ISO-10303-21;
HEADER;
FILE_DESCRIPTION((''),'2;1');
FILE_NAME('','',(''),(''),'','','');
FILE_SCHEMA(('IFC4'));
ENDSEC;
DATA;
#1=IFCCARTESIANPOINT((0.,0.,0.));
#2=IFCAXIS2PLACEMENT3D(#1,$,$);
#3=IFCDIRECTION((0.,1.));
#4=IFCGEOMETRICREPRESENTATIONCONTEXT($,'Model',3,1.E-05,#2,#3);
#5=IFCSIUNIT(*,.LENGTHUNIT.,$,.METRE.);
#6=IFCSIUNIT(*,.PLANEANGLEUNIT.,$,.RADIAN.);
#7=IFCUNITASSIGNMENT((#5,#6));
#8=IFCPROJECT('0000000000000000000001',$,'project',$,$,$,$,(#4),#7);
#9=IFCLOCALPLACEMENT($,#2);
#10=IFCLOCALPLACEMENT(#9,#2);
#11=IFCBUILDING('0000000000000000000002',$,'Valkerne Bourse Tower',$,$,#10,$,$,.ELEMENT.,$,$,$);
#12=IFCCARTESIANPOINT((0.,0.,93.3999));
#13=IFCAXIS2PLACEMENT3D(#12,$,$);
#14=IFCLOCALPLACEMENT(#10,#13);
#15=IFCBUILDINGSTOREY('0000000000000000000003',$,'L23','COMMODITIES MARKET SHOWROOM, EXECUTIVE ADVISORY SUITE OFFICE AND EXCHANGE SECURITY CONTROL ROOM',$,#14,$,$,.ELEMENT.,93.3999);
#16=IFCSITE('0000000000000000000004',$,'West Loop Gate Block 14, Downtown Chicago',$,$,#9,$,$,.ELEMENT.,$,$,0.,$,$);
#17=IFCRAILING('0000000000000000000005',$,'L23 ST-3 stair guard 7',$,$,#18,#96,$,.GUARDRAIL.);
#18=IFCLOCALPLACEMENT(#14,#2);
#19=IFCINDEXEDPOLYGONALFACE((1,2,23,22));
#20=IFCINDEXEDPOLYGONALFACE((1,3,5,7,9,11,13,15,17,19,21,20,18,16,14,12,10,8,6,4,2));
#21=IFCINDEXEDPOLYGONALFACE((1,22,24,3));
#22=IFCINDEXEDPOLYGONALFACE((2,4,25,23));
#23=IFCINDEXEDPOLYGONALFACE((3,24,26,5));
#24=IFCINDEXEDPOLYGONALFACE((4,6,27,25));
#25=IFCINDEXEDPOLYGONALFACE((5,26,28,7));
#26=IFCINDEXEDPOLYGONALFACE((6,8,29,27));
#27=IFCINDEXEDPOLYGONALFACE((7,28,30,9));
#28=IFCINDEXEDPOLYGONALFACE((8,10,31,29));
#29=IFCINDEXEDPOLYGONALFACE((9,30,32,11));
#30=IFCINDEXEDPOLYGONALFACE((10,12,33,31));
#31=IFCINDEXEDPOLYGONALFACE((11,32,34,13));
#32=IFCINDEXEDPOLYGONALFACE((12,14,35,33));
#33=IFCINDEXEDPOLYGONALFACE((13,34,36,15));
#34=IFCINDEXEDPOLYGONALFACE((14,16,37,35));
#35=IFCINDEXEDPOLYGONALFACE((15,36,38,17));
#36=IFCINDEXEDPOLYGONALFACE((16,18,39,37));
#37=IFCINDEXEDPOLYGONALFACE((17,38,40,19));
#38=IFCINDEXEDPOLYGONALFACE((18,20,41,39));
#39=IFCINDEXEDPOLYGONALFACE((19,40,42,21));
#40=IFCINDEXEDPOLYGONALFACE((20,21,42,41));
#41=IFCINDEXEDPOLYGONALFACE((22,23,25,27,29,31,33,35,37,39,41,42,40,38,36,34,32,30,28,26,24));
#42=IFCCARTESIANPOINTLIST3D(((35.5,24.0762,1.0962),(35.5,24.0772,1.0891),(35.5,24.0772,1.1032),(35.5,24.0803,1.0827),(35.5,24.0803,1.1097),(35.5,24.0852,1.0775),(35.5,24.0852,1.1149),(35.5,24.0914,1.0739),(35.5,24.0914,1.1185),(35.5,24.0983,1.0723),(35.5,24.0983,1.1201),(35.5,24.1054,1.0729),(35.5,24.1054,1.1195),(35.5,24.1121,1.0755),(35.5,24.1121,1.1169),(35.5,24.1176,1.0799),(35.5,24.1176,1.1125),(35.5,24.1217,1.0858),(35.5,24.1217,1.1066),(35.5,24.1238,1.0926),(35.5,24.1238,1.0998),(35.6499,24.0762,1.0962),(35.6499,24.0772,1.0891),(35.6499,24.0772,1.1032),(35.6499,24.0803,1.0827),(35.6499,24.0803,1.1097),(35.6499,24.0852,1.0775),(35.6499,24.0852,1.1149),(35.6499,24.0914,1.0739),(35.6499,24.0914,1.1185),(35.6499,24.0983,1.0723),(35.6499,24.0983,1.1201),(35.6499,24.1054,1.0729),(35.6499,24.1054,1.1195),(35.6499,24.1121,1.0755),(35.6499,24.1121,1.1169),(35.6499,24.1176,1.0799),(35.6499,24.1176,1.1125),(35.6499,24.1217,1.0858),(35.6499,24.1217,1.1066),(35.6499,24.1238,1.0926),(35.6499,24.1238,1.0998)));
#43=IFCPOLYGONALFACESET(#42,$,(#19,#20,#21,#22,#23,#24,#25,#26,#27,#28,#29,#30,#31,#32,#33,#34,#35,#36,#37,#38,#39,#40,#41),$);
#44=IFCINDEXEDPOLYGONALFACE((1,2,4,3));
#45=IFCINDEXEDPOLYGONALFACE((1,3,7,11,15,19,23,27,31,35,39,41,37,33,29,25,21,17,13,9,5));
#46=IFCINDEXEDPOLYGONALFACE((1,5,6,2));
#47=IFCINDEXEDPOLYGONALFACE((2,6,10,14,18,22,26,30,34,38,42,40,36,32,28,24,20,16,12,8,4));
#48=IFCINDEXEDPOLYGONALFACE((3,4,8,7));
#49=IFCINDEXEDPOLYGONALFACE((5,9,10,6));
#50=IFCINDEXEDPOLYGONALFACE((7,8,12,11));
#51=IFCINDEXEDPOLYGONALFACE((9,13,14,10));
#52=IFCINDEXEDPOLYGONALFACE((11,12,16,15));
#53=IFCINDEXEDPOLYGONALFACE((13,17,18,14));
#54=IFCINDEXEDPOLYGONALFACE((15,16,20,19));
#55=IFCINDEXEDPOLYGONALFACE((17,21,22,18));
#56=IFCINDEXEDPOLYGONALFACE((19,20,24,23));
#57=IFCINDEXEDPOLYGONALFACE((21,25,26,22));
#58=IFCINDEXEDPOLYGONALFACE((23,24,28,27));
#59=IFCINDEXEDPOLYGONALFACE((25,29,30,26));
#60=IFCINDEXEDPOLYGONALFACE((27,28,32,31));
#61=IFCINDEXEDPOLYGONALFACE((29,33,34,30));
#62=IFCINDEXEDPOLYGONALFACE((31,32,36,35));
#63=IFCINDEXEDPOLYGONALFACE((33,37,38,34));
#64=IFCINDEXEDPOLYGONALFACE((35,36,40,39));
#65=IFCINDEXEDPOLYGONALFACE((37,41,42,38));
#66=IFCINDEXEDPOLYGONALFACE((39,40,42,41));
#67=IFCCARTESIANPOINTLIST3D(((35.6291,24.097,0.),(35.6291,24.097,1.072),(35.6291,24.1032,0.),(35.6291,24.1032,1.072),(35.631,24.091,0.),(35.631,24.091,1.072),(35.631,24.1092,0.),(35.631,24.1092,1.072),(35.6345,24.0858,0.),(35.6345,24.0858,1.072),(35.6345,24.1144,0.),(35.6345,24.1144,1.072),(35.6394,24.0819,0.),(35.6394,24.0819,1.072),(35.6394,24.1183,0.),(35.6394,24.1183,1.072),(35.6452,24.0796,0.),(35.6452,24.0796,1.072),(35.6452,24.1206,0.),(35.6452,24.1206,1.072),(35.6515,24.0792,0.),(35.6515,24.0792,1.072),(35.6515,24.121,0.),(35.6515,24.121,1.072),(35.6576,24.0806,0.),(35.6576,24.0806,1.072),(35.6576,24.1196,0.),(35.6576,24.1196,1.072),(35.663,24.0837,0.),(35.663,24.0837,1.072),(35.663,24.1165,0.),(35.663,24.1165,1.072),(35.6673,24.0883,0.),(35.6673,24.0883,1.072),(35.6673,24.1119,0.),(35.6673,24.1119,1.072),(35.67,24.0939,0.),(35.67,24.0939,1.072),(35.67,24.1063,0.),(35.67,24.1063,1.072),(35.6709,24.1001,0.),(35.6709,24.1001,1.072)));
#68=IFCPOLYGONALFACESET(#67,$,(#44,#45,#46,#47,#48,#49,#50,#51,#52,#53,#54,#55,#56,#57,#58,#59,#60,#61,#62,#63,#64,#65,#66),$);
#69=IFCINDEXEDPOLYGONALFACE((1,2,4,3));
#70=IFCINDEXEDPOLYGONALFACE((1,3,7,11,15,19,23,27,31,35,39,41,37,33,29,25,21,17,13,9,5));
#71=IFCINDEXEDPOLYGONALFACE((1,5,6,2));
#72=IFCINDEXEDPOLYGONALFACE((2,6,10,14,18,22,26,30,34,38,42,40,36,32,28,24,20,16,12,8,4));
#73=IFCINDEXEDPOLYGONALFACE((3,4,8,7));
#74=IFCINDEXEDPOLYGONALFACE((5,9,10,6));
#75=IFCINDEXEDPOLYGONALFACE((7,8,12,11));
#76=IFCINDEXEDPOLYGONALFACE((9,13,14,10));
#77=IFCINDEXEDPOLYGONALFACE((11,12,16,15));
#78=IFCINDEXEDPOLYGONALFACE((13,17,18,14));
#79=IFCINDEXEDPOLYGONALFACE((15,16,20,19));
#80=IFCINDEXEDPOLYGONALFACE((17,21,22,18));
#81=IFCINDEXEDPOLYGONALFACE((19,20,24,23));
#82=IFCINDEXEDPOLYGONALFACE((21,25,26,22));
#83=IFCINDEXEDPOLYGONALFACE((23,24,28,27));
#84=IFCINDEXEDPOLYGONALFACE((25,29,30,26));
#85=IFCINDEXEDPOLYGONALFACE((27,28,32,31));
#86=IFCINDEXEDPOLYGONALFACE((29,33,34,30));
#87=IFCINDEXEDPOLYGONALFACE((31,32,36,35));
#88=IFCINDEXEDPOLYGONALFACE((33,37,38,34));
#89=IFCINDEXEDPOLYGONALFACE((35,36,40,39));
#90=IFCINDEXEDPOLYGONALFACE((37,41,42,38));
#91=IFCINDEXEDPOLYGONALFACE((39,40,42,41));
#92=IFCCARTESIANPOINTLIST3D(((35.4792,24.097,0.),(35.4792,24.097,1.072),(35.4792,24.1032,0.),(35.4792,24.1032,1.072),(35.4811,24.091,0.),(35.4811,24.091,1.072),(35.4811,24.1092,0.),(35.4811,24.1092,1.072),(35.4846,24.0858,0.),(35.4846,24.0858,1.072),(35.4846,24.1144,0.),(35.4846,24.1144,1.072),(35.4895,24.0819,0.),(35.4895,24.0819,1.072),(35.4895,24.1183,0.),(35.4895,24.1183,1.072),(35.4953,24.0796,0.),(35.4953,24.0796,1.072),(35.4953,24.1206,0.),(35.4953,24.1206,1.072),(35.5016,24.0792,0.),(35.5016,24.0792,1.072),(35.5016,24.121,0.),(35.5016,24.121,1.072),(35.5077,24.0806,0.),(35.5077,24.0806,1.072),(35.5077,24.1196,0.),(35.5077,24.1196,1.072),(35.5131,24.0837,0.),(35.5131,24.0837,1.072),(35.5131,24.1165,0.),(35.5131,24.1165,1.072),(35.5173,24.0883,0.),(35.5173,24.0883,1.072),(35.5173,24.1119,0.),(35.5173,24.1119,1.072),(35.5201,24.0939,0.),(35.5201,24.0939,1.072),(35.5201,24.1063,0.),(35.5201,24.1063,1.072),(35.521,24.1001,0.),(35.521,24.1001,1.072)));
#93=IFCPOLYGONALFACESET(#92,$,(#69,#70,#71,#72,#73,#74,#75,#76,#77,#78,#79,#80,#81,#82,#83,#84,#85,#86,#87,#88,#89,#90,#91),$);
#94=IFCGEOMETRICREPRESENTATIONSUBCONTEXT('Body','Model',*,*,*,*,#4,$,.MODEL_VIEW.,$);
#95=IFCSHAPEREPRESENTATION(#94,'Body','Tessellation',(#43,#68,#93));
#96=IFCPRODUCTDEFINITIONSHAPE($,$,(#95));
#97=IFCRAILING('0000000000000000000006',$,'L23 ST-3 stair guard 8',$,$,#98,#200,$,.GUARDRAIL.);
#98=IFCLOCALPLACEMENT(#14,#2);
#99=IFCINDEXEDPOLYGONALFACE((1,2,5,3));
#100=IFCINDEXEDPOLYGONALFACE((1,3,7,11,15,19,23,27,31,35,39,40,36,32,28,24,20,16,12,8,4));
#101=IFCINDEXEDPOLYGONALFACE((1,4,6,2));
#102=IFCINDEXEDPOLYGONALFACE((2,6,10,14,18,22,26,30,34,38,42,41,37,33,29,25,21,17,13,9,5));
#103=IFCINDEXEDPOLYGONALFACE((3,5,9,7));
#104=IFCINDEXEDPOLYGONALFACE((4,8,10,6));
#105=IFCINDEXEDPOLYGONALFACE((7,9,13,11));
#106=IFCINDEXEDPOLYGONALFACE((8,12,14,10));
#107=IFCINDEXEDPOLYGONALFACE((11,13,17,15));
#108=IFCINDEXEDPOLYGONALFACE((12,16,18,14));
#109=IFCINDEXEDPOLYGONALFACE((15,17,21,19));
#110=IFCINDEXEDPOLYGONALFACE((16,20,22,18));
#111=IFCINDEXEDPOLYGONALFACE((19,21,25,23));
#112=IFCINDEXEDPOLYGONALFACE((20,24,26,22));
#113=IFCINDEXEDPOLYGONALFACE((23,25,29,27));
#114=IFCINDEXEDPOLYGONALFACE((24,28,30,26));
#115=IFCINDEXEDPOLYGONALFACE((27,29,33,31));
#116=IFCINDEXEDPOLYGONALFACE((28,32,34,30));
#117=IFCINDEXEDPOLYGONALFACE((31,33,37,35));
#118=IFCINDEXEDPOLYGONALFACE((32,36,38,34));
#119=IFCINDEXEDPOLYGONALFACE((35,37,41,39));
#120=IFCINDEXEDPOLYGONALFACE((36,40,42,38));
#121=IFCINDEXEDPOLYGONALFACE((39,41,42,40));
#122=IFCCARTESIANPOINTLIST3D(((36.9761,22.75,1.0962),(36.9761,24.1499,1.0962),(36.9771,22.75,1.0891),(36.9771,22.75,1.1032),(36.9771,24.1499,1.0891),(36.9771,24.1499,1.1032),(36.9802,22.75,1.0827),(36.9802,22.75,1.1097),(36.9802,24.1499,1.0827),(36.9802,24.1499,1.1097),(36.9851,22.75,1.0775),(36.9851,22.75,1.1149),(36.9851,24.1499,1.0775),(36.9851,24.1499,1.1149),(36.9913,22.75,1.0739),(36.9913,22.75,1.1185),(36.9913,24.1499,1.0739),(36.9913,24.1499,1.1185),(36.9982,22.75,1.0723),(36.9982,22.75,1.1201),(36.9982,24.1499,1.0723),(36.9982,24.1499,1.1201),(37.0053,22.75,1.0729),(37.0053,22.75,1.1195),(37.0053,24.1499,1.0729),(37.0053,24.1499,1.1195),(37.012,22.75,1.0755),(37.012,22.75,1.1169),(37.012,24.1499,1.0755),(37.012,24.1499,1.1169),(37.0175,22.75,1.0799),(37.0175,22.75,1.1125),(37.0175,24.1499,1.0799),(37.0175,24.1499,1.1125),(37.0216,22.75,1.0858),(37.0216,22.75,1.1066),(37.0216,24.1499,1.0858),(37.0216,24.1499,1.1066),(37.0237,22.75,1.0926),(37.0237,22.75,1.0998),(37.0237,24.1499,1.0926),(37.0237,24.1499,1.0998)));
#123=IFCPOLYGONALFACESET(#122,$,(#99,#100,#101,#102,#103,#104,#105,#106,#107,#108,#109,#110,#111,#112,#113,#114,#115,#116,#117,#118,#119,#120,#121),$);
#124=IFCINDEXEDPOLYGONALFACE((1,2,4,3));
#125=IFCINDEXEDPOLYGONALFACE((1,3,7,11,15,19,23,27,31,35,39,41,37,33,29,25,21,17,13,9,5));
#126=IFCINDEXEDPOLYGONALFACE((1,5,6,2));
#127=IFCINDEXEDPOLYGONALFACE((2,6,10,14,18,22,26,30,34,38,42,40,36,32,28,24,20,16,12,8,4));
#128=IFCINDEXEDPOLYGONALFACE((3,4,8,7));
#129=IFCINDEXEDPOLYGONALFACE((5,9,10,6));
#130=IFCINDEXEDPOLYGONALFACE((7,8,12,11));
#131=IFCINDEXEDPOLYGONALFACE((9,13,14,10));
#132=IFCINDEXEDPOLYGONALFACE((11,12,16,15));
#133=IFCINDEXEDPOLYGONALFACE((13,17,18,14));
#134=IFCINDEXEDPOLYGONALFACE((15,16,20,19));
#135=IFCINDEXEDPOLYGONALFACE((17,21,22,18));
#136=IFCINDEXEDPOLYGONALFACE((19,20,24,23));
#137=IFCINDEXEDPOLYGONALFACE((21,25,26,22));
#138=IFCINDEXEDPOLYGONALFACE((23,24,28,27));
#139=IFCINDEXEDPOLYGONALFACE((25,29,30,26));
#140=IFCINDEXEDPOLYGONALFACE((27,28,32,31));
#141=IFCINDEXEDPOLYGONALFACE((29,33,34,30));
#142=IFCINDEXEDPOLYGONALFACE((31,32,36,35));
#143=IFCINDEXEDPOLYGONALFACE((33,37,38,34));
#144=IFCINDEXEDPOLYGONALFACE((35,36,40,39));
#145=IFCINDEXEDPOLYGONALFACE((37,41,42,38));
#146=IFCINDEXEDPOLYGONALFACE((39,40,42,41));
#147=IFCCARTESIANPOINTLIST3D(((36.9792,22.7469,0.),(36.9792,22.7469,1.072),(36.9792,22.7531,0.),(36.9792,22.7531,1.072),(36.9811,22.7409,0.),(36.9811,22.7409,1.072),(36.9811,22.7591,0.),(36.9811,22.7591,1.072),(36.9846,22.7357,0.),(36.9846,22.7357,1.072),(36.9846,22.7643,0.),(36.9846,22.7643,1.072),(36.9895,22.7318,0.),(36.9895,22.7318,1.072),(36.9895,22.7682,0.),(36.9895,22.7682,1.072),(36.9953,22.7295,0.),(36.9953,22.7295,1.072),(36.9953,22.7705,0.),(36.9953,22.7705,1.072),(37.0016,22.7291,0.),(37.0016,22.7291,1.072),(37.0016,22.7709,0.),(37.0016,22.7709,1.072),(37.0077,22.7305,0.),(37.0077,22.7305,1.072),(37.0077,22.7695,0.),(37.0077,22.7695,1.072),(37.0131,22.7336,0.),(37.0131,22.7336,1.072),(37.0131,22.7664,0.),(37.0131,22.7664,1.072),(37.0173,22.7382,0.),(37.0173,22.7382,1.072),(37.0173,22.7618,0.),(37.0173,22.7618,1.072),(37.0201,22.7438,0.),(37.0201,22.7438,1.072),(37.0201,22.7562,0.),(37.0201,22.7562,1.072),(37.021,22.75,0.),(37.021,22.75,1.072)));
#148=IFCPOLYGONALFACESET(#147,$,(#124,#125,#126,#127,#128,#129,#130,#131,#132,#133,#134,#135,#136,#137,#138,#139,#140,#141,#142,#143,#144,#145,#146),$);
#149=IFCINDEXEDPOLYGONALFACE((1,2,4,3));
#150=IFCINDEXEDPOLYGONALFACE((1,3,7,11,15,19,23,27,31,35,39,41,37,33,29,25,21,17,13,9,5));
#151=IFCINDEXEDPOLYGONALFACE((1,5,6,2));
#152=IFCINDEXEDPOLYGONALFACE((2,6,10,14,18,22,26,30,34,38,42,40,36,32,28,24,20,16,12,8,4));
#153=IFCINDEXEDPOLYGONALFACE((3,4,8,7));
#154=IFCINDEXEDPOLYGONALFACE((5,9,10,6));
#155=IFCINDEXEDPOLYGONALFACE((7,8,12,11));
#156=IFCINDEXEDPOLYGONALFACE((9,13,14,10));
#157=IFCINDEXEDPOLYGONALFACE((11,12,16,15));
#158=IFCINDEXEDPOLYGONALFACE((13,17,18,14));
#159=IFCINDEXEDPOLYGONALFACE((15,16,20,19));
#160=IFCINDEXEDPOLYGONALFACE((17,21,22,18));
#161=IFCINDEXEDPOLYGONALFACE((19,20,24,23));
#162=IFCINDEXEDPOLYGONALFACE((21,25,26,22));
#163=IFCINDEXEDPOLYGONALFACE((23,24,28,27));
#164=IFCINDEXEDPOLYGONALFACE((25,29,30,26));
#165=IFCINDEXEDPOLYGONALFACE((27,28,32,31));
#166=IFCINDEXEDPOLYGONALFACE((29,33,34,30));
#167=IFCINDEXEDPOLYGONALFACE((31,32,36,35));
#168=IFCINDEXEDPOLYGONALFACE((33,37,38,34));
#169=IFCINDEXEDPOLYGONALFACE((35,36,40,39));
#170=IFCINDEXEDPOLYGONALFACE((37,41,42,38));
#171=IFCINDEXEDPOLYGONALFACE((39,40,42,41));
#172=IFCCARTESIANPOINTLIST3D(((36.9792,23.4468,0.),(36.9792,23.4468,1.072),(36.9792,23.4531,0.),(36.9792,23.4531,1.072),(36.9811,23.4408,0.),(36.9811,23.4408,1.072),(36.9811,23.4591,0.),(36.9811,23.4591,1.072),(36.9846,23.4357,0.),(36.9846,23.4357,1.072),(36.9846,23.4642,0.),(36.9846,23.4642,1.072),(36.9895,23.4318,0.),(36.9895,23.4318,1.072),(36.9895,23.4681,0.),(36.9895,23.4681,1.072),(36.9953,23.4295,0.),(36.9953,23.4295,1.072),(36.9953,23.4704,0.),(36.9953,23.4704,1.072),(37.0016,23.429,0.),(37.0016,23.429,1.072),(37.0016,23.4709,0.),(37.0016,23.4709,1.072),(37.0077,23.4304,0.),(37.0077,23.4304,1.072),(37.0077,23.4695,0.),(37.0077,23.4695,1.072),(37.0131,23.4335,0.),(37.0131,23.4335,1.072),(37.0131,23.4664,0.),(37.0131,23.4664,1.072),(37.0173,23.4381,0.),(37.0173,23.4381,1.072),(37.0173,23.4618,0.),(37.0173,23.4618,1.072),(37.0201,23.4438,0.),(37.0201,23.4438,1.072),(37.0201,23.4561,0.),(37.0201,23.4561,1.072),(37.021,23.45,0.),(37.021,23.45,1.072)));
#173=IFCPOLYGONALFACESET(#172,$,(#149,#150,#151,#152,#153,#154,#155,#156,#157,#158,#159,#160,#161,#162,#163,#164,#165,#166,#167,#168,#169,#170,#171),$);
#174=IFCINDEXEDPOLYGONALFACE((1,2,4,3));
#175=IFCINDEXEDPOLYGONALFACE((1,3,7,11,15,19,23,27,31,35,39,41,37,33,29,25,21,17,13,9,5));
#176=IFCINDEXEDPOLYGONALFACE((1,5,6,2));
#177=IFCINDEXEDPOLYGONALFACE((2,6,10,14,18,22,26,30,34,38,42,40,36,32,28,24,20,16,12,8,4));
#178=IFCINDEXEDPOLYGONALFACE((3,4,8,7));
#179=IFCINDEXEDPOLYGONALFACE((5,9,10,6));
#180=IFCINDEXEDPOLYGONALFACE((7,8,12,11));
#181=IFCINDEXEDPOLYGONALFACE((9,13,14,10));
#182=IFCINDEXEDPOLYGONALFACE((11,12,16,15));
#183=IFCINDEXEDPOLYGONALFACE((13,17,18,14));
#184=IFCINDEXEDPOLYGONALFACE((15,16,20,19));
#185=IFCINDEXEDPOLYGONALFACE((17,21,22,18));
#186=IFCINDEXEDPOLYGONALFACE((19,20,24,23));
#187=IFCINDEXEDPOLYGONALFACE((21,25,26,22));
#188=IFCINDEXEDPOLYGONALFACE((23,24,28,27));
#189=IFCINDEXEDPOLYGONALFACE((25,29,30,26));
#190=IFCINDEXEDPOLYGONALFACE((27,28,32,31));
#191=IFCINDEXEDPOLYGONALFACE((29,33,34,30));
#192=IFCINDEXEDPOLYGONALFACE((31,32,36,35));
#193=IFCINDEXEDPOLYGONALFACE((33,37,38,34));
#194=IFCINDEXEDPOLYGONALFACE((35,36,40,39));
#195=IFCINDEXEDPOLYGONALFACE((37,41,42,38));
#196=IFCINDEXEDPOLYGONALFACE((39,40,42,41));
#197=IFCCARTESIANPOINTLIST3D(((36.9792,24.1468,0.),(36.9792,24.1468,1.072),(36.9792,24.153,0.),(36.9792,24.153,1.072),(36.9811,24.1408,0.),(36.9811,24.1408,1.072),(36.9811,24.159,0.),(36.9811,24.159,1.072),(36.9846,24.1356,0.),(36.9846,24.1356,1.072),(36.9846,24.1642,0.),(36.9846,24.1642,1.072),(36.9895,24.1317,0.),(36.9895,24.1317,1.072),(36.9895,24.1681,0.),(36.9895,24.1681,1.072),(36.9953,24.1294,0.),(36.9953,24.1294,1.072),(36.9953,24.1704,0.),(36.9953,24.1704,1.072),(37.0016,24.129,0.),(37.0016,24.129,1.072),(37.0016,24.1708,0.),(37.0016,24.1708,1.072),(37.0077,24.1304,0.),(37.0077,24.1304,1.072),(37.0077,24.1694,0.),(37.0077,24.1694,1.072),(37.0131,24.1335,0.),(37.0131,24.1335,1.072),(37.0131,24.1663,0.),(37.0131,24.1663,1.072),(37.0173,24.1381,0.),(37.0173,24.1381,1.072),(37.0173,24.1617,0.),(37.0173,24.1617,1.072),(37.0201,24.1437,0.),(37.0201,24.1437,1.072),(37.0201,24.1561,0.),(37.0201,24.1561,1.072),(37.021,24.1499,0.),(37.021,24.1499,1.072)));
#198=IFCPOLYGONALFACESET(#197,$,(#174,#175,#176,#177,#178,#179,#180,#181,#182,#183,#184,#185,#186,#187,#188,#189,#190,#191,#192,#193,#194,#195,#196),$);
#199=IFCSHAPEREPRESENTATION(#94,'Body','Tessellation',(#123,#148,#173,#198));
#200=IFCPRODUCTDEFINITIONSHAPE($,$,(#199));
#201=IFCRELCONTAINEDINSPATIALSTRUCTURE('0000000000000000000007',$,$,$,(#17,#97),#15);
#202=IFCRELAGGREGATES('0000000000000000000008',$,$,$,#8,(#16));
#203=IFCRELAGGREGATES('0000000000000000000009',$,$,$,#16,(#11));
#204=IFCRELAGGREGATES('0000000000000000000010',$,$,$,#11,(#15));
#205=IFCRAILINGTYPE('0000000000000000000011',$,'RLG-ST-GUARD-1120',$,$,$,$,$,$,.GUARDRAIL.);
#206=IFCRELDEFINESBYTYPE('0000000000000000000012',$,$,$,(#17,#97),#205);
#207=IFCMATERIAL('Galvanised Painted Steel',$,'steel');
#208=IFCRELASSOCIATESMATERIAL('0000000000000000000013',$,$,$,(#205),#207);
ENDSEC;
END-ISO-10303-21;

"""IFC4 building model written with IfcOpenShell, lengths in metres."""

from ifc_helpers import new_model, si_unit, direction, frame, origin, origin_2d, place, context, subcontext, project, spatial, circle, extrude, material, type_object, element, save


model = new_model("IFC4")

# Units and contexts
model_context = context("Model", 3, precision=1e-05, world=origin(), true_north=direction((0.0, 1.0)))
body_context = subcontext(model_context, "Body", "Model", "MODEL_VIEW")
ifc_project = project(units=[si_unit("LENGTHUNIT", "METRE"), si_unit("PLANEANGLEUNIT", "RADIAN")], contexts=[model_context])

# Site, building, storey
site_placement = place(None, origin())
site = spatial("IfcSite", under=ifc_project, at=site_placement, Name="West Loop Gate Block 14, Downtown Chicago", CompositionType="ELEMENT", RefElevation=0.0)
building_placement = place(site_placement, origin())
building = spatial("IfcBuilding", under=site, at=building_placement, Name="Valkerne Bourse Tower", CompositionType="ELEMENT")
storey_placement = place(building_placement, frame((0.0, 0.0, 93.3999)))
storey = spatial("IfcBuildingStorey", under=building, at=storey_placement, Name="L23", Description="COMMODITIES MARKET SHOWROOM, EXECUTIVE ADVISORY SUITE OFFICE AND EXCHANGE SECURITY CONTROL ROOM", CompositionType="ELEMENT", Elevation=93.3999)

# Shared definitions
ifc_material_1 = material(Name="Galvanised Painted Steel", Category="steel")

# Railings
railing_type_1 = type_object("IfcRailingType", Name="RLG-ST-GUARD-1120", PredefinedType="GUARDRAIL", material=ifc_material_1)
railing_1_placement = place(storey_placement, frame((35.6499, 24.1001, 0.0)))
element("IfcRailing", 1, at=railing_1_placement, inside=storey, type_object=railing_type_1, Name="L23 ST-3 stair guard 7", PredefinedType="GUARDRAIL", context=body_context, shape_type="SweptSolid", body=[
    extrude(circle(Radius=0.0239, at=origin_2d()), frame((0.0, 0.0, 1.0962), z_axis=(-1.0, 0.0, 0.0), x_axis=(0.0, -1.0, 0.0)), (0.0, 0.0, 1.0), 0.1499),
    extrude(circle(Radius=0.021, at=origin_2d()), origin(), (0.0, 0.0, 1.0), 1.072),
    extrude(circle(Radius=0.021, at=origin_2d()), frame((-0.1499, 0.0, 0.0)), (0.0, 0.0, 1.0), 1.072),
])
for number, where, name in (
    (2, (37.0, 22.75, 0.0), "L23 ST-3 stair guard 8"),
):
    element("IfcRailing", number, at=place(storey_placement, frame(where)), inside=storey, type_object=railing_type_1, Name=name, PredefinedType="GUARDRAIL", context=body_context, shape_type="SweptSolid", body=[
        extrude(circle(Radius=0.0239, at=origin_2d()), frame((0.0, 0.0, 1.0962), z_axis=(0.0, 1.0, 0.0), x_axis=(-1.0, 0.0, 0.0)), (0.0, 0.0, 1.0), 1.3999),
        extrude(circle(Radius=0.021, at=origin_2d()), origin(), (0.0, 0.0, 1.0), 1.072),
        extrude(circle(Radius=0.021, at=origin_2d()), frame((0.0, 0.7, 0.0)), (0.0, 0.0, 1.0), 1.072),
        extrude(circle(Radius=0.021, at=origin_2d()), frame((0.0, 1.3999, 0.0)), (0.0, 0.0, 1.0), 1.072),
    ])

save(model, "model.ifc")
